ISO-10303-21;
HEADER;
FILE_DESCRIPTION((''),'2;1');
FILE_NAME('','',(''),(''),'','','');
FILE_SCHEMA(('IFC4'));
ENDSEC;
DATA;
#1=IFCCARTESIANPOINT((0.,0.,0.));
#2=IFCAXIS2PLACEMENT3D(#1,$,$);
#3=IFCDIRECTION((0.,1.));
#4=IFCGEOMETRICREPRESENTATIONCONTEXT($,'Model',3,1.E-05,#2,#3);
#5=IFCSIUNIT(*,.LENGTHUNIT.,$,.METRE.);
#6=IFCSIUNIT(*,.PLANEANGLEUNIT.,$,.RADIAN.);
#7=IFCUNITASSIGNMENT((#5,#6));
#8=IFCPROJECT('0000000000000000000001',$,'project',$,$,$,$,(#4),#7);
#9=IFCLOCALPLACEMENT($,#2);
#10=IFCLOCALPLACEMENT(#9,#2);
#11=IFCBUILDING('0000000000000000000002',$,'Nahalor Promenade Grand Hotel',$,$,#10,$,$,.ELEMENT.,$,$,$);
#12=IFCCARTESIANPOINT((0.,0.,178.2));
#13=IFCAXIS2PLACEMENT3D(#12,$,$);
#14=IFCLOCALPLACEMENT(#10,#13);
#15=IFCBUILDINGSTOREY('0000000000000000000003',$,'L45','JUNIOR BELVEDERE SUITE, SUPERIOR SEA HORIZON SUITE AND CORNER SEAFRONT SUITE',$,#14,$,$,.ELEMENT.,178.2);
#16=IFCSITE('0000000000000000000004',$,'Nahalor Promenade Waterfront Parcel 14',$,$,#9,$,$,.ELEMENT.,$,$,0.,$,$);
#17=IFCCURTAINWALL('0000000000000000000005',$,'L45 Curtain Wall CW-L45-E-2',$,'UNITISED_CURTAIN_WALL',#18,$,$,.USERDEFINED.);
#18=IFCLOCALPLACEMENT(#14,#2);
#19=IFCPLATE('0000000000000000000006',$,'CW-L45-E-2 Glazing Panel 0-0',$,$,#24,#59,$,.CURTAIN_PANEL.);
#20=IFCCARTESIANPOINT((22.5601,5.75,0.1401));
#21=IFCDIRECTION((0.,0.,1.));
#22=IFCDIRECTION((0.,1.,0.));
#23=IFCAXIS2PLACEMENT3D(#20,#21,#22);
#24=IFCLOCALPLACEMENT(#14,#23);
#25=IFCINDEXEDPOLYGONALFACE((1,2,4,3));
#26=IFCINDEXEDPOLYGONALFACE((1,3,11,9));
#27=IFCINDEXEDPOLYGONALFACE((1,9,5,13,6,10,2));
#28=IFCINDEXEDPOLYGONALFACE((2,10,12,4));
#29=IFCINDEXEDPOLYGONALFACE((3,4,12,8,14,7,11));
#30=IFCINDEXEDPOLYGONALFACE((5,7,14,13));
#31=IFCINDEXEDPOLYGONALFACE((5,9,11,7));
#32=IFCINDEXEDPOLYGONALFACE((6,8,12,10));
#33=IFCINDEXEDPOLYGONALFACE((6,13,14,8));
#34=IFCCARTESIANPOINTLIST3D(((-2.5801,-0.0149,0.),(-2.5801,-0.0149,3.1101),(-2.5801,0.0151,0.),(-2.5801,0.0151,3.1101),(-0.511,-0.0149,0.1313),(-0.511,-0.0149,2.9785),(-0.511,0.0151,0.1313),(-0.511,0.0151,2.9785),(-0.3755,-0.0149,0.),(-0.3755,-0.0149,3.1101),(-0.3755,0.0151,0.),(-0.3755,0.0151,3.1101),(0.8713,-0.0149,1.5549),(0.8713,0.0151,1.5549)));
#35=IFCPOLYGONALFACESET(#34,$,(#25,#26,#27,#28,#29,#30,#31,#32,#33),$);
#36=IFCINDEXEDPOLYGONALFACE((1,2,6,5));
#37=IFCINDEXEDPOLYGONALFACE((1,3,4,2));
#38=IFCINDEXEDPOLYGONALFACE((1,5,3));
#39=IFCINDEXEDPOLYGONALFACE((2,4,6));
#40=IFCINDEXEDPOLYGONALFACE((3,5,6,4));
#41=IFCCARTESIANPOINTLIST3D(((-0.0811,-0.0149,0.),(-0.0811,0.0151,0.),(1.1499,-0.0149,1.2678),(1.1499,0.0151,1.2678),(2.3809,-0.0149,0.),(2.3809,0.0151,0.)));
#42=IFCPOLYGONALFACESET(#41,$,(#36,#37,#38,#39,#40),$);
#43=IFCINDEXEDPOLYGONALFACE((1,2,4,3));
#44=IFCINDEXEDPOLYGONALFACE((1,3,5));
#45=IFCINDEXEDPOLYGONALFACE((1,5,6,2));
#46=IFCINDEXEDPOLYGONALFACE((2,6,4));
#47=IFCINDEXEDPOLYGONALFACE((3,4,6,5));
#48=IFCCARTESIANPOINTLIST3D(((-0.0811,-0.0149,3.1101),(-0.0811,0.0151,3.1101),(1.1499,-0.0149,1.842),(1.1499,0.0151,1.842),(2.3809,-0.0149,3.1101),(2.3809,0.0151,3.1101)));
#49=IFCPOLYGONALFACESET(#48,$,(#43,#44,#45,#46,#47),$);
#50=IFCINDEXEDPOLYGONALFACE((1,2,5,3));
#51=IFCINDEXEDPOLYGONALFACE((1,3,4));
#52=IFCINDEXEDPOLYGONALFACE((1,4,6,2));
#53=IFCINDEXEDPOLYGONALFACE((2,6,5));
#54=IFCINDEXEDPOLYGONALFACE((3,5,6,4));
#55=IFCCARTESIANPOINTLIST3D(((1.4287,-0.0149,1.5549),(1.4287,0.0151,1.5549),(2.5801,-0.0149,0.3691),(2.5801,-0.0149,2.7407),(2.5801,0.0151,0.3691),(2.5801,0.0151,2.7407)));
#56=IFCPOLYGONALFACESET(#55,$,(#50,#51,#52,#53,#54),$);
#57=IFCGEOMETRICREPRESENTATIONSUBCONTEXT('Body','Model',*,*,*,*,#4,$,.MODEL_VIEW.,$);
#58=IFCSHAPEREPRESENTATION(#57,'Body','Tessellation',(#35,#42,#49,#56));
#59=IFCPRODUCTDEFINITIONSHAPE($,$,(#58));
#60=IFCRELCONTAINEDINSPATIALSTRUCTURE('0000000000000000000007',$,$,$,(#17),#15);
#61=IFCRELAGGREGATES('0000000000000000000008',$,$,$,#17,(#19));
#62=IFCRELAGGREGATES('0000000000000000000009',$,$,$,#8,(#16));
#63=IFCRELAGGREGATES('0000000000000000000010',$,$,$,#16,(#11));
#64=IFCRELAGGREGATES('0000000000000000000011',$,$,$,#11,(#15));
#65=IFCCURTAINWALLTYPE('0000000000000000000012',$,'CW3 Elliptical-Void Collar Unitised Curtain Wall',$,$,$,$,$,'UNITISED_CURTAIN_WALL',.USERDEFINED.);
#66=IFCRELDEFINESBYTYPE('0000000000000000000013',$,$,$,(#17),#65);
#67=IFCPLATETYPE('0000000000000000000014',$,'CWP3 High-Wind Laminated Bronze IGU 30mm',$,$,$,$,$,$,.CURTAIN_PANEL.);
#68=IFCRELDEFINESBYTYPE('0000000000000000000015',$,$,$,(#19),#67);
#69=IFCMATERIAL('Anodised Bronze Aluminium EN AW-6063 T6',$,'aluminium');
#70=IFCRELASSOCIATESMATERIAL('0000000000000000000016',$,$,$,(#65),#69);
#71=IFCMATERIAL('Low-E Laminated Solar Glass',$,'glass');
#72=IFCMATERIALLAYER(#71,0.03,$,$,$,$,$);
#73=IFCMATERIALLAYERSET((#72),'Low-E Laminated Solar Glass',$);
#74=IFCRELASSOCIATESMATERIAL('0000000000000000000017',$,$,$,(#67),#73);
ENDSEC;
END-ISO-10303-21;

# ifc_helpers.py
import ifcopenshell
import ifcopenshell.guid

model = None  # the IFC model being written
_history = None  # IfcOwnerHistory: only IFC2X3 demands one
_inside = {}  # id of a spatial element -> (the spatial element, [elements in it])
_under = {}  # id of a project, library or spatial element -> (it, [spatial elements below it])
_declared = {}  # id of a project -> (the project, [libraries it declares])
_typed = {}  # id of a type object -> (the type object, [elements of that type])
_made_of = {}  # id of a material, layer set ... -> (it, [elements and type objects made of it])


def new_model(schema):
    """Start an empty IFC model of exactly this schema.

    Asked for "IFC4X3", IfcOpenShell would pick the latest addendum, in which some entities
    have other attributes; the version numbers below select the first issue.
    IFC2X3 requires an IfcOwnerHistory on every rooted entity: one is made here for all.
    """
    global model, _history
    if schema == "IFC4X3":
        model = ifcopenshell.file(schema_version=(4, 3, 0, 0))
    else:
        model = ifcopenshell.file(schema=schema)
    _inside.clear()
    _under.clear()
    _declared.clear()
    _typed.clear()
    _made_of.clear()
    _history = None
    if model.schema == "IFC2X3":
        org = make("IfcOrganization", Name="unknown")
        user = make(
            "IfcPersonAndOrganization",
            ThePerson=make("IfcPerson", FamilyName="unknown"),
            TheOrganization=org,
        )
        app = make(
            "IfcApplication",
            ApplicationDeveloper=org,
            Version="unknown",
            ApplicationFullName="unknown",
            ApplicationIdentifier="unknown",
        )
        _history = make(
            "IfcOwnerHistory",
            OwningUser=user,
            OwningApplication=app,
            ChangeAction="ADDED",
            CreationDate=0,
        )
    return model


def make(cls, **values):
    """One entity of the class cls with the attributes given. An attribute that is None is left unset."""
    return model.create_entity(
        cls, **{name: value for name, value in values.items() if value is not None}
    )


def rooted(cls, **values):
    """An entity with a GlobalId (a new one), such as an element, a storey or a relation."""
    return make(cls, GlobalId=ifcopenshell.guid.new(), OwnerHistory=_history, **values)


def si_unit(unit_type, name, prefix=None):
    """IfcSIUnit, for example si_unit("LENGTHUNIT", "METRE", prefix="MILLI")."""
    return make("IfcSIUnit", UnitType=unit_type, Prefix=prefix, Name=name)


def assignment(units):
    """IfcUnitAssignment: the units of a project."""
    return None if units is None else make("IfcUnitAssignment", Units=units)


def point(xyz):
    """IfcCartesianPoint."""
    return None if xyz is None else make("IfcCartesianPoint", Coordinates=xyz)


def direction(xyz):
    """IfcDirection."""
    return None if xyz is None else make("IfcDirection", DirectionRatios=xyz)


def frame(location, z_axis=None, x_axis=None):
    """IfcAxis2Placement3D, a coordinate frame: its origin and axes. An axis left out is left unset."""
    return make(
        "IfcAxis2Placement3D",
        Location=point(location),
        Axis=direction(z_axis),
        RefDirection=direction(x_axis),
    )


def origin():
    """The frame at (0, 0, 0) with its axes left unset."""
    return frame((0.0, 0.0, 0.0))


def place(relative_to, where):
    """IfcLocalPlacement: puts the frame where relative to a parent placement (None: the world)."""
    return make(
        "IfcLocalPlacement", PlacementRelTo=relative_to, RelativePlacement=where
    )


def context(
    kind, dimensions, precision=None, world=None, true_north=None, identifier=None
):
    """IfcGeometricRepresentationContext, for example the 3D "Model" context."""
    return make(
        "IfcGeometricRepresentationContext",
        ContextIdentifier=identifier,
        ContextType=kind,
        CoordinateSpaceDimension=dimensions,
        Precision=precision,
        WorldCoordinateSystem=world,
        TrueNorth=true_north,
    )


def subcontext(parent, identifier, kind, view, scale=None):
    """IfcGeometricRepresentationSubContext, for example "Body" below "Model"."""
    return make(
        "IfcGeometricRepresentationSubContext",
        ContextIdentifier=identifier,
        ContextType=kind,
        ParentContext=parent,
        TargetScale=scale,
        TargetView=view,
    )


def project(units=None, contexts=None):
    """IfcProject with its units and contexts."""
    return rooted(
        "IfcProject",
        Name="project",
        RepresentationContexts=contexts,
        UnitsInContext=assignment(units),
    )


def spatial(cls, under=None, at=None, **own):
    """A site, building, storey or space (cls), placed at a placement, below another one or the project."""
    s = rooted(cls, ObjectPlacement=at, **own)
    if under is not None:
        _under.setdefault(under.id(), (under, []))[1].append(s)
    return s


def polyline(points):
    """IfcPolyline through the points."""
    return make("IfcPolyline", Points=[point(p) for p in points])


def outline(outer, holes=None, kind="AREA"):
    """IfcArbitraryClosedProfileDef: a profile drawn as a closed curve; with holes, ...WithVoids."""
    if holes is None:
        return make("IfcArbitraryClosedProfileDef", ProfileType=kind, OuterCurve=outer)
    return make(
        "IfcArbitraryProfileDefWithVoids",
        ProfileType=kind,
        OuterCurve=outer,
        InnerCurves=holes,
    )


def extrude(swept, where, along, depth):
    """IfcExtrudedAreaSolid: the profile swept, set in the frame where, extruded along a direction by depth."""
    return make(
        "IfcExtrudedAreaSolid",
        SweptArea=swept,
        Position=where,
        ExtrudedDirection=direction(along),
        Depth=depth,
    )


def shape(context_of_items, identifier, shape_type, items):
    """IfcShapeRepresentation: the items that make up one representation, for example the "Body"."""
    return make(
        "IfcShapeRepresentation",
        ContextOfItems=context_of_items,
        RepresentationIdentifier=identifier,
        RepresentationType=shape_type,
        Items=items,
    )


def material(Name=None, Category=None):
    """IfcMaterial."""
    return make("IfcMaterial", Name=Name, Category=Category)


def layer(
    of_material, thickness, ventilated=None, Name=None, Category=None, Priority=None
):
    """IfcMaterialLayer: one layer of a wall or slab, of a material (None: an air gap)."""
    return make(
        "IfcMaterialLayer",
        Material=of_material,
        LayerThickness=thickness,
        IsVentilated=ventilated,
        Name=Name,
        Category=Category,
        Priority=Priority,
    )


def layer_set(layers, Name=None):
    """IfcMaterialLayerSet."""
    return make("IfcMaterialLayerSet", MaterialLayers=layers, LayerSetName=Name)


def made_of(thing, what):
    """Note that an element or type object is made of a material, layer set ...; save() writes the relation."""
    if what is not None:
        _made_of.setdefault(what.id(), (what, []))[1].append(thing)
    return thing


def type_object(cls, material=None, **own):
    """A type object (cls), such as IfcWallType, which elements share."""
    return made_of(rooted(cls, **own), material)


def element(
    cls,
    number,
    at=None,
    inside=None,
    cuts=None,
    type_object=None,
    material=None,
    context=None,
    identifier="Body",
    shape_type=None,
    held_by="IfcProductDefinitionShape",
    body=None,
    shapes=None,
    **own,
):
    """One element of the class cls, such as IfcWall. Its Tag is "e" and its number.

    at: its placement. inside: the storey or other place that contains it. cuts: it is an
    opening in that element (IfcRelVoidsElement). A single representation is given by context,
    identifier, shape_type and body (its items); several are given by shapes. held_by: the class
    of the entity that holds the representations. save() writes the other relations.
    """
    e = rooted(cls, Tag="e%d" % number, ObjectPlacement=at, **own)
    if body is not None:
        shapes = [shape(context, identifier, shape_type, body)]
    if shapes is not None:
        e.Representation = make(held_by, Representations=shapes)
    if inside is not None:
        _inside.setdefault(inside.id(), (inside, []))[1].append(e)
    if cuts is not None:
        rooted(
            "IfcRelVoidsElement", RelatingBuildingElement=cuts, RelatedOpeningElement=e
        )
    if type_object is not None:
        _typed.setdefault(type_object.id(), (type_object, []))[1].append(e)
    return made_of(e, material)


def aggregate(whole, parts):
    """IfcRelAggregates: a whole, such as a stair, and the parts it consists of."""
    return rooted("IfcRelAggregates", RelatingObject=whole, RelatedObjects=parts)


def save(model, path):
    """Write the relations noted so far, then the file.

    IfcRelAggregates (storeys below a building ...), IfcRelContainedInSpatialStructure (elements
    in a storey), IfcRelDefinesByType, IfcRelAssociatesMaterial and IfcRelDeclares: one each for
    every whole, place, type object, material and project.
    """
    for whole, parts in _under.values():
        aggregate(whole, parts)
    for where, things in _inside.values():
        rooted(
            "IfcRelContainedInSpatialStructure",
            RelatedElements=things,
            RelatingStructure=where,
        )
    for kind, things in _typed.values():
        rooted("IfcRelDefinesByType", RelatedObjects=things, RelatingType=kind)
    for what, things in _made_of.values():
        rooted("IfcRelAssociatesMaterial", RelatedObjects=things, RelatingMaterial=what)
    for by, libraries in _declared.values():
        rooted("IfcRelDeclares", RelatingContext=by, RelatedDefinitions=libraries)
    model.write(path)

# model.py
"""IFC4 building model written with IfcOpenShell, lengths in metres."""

from ifc_helpers import new_model, si_unit, direction, frame, origin, place, context, subcontext, project, spatial, polyline, outline, extrude, material, layer, layer_set, type_object, element, aggregate, save


model = new_model("IFC4")

# Units and contexts
model_context = context("Model", 3, precision=1e-05, world=origin(), true_north=direction((0.0, 1.0)))
body_context = subcontext(model_context, "Body", "Model", "MODEL_VIEW")
ifc_project = project(units=[si_unit("LENGTHUNIT", "METRE"), si_unit("PLANEANGLEUNIT", "RADIAN")], contexts=[model_context])

# Site, building, storey
site_placement = place(None, origin())
site = spatial("IfcSite", under=ifc_project, at=site_placement, Name="Nahalor Promenade Waterfront Parcel 14", CompositionType="ELEMENT", RefElevation=0.0)
building_placement = place(site_placement, origin())
building = spatial("IfcBuilding", under=site, at=building_placement, Name="Nahalor Promenade Grand Hotel", CompositionType="ELEMENT")
storey_placement = place(building_placement, frame((0.0, 0.0, 178.2)))
storey = spatial("IfcBuildingStorey", under=building, at=storey_placement, Name="L45", Description="JUNIOR BELVEDERE SUITE, SUPERIOR SEA HORIZON SUITE AND CORNER SEAFRONT SUITE", CompositionType="ELEMENT", Elevation=178.2)

# Curtain wall
ifc_material_1 = material(Name="Anodised Bronze Aluminium EN AW-6063 T6", Category="aluminium")
curtain_wall_type = type_object("IfcCurtainWallType", Name="CW3 Elliptical-Void Collar Unitised Curtain Wall", ElementType="UNITISED_CURTAIN_WALL", PredefinedType="USERDEFINED", material=ifc_material_1)
curtain_wall_1_placement = place(storey_placement, origin())
curtain_wall_1 = element("IfcCurtainWall", 1, at=curtain_wall_1_placement, inside=storey, type_object=curtain_wall_type, Name="L45 Curtain Wall CW-L45-E-2", ObjectType="UNITISED_CURTAIN_WALL", PredefinedType="USERDEFINED")

# Plate
ifc_material_2 = material(Name="Low-E Laminated Solar Glass", Category="glass")
ifc_layer_1 = layer(ifc_material_2, 0.03)
ifc_layer_set_1 = layer_set([ifc_layer_1], Name="Low-E Laminated Solar Glass")
plate_type_1 = type_object("IfcPlateType", Name="CWP3 High-Wind Laminated Bronze IGU 30mm", PredefinedType="CURTAIN_PANEL", material=ifc_layer_set_1)
plate_1_placement = place(storey_placement, frame((22.5601, 5.75, 0.1401), z_axis=(0.0, 0.0, 1.0), x_axis=(0.0, 1.0, 0.0)))
plate_1 = element("IfcPlate", 2, at=plate_1_placement, type_object=plate_type_1, Name="CW-L45-E-2 Glazing Panel 0-0", PredefinedType="CURTAIN_PANEL", context=body_context, shape_type="SweptSolid", body=[
    extrude(outline(polyline([(-2.5801, 3.1101), (-2.5801, 0.0), (-0.3755, 0.0), (-0.511, 0.1313), (0.8713, 1.5549), (-0.511, 2.9785), (-0.3755, 3.1101), (-2.5801, 3.1101)])), frame((0.0, 0.0151, 0.0), z_axis=(0.0, -1.0, 0.0), x_axis=(1.0, 0.0, 0.0)), (0.0, 0.0, 1.0), 0.03),
    extrude(outline(polyline([(1.1499, 1.2678), (-0.0811, 0.0), (2.3809, 0.0), (1.1499, 1.2678)])), frame((0.0, 0.0151, 0.0), z_axis=(0.0, -1.0, 0.0), x_axis=(1.0, 0.0, 0.0)), (0.0, 0.0, 1.0), 0.03),
    extrude(outline(polyline([(1.1499, 1.842), (2.3809, 3.1101), (-0.0811, 3.1101), (1.1499, 1.842)])), frame((0.0, 0.0151, 0.0), z_axis=(0.0, -1.0, 0.0), x_axis=(1.0, 0.0, 0.0)), (0.0, 0.0, 1.0), 0.03),
    extrude(outline(polyline([(1.4287, 1.5549), (2.5801, 0.3691), (2.5801, 2.7407), (1.4287, 1.5549)])), frame((0.0, 0.0151, 0.0), z_axis=(0.0, -1.0, 0.0), x_axis=(1.0, 0.0, 0.0)), (0.0, 0.0, 1.0), 0.03),
])
aggregate(curtain_wall_1, [plate_1])

save(model, "model.ifc")
